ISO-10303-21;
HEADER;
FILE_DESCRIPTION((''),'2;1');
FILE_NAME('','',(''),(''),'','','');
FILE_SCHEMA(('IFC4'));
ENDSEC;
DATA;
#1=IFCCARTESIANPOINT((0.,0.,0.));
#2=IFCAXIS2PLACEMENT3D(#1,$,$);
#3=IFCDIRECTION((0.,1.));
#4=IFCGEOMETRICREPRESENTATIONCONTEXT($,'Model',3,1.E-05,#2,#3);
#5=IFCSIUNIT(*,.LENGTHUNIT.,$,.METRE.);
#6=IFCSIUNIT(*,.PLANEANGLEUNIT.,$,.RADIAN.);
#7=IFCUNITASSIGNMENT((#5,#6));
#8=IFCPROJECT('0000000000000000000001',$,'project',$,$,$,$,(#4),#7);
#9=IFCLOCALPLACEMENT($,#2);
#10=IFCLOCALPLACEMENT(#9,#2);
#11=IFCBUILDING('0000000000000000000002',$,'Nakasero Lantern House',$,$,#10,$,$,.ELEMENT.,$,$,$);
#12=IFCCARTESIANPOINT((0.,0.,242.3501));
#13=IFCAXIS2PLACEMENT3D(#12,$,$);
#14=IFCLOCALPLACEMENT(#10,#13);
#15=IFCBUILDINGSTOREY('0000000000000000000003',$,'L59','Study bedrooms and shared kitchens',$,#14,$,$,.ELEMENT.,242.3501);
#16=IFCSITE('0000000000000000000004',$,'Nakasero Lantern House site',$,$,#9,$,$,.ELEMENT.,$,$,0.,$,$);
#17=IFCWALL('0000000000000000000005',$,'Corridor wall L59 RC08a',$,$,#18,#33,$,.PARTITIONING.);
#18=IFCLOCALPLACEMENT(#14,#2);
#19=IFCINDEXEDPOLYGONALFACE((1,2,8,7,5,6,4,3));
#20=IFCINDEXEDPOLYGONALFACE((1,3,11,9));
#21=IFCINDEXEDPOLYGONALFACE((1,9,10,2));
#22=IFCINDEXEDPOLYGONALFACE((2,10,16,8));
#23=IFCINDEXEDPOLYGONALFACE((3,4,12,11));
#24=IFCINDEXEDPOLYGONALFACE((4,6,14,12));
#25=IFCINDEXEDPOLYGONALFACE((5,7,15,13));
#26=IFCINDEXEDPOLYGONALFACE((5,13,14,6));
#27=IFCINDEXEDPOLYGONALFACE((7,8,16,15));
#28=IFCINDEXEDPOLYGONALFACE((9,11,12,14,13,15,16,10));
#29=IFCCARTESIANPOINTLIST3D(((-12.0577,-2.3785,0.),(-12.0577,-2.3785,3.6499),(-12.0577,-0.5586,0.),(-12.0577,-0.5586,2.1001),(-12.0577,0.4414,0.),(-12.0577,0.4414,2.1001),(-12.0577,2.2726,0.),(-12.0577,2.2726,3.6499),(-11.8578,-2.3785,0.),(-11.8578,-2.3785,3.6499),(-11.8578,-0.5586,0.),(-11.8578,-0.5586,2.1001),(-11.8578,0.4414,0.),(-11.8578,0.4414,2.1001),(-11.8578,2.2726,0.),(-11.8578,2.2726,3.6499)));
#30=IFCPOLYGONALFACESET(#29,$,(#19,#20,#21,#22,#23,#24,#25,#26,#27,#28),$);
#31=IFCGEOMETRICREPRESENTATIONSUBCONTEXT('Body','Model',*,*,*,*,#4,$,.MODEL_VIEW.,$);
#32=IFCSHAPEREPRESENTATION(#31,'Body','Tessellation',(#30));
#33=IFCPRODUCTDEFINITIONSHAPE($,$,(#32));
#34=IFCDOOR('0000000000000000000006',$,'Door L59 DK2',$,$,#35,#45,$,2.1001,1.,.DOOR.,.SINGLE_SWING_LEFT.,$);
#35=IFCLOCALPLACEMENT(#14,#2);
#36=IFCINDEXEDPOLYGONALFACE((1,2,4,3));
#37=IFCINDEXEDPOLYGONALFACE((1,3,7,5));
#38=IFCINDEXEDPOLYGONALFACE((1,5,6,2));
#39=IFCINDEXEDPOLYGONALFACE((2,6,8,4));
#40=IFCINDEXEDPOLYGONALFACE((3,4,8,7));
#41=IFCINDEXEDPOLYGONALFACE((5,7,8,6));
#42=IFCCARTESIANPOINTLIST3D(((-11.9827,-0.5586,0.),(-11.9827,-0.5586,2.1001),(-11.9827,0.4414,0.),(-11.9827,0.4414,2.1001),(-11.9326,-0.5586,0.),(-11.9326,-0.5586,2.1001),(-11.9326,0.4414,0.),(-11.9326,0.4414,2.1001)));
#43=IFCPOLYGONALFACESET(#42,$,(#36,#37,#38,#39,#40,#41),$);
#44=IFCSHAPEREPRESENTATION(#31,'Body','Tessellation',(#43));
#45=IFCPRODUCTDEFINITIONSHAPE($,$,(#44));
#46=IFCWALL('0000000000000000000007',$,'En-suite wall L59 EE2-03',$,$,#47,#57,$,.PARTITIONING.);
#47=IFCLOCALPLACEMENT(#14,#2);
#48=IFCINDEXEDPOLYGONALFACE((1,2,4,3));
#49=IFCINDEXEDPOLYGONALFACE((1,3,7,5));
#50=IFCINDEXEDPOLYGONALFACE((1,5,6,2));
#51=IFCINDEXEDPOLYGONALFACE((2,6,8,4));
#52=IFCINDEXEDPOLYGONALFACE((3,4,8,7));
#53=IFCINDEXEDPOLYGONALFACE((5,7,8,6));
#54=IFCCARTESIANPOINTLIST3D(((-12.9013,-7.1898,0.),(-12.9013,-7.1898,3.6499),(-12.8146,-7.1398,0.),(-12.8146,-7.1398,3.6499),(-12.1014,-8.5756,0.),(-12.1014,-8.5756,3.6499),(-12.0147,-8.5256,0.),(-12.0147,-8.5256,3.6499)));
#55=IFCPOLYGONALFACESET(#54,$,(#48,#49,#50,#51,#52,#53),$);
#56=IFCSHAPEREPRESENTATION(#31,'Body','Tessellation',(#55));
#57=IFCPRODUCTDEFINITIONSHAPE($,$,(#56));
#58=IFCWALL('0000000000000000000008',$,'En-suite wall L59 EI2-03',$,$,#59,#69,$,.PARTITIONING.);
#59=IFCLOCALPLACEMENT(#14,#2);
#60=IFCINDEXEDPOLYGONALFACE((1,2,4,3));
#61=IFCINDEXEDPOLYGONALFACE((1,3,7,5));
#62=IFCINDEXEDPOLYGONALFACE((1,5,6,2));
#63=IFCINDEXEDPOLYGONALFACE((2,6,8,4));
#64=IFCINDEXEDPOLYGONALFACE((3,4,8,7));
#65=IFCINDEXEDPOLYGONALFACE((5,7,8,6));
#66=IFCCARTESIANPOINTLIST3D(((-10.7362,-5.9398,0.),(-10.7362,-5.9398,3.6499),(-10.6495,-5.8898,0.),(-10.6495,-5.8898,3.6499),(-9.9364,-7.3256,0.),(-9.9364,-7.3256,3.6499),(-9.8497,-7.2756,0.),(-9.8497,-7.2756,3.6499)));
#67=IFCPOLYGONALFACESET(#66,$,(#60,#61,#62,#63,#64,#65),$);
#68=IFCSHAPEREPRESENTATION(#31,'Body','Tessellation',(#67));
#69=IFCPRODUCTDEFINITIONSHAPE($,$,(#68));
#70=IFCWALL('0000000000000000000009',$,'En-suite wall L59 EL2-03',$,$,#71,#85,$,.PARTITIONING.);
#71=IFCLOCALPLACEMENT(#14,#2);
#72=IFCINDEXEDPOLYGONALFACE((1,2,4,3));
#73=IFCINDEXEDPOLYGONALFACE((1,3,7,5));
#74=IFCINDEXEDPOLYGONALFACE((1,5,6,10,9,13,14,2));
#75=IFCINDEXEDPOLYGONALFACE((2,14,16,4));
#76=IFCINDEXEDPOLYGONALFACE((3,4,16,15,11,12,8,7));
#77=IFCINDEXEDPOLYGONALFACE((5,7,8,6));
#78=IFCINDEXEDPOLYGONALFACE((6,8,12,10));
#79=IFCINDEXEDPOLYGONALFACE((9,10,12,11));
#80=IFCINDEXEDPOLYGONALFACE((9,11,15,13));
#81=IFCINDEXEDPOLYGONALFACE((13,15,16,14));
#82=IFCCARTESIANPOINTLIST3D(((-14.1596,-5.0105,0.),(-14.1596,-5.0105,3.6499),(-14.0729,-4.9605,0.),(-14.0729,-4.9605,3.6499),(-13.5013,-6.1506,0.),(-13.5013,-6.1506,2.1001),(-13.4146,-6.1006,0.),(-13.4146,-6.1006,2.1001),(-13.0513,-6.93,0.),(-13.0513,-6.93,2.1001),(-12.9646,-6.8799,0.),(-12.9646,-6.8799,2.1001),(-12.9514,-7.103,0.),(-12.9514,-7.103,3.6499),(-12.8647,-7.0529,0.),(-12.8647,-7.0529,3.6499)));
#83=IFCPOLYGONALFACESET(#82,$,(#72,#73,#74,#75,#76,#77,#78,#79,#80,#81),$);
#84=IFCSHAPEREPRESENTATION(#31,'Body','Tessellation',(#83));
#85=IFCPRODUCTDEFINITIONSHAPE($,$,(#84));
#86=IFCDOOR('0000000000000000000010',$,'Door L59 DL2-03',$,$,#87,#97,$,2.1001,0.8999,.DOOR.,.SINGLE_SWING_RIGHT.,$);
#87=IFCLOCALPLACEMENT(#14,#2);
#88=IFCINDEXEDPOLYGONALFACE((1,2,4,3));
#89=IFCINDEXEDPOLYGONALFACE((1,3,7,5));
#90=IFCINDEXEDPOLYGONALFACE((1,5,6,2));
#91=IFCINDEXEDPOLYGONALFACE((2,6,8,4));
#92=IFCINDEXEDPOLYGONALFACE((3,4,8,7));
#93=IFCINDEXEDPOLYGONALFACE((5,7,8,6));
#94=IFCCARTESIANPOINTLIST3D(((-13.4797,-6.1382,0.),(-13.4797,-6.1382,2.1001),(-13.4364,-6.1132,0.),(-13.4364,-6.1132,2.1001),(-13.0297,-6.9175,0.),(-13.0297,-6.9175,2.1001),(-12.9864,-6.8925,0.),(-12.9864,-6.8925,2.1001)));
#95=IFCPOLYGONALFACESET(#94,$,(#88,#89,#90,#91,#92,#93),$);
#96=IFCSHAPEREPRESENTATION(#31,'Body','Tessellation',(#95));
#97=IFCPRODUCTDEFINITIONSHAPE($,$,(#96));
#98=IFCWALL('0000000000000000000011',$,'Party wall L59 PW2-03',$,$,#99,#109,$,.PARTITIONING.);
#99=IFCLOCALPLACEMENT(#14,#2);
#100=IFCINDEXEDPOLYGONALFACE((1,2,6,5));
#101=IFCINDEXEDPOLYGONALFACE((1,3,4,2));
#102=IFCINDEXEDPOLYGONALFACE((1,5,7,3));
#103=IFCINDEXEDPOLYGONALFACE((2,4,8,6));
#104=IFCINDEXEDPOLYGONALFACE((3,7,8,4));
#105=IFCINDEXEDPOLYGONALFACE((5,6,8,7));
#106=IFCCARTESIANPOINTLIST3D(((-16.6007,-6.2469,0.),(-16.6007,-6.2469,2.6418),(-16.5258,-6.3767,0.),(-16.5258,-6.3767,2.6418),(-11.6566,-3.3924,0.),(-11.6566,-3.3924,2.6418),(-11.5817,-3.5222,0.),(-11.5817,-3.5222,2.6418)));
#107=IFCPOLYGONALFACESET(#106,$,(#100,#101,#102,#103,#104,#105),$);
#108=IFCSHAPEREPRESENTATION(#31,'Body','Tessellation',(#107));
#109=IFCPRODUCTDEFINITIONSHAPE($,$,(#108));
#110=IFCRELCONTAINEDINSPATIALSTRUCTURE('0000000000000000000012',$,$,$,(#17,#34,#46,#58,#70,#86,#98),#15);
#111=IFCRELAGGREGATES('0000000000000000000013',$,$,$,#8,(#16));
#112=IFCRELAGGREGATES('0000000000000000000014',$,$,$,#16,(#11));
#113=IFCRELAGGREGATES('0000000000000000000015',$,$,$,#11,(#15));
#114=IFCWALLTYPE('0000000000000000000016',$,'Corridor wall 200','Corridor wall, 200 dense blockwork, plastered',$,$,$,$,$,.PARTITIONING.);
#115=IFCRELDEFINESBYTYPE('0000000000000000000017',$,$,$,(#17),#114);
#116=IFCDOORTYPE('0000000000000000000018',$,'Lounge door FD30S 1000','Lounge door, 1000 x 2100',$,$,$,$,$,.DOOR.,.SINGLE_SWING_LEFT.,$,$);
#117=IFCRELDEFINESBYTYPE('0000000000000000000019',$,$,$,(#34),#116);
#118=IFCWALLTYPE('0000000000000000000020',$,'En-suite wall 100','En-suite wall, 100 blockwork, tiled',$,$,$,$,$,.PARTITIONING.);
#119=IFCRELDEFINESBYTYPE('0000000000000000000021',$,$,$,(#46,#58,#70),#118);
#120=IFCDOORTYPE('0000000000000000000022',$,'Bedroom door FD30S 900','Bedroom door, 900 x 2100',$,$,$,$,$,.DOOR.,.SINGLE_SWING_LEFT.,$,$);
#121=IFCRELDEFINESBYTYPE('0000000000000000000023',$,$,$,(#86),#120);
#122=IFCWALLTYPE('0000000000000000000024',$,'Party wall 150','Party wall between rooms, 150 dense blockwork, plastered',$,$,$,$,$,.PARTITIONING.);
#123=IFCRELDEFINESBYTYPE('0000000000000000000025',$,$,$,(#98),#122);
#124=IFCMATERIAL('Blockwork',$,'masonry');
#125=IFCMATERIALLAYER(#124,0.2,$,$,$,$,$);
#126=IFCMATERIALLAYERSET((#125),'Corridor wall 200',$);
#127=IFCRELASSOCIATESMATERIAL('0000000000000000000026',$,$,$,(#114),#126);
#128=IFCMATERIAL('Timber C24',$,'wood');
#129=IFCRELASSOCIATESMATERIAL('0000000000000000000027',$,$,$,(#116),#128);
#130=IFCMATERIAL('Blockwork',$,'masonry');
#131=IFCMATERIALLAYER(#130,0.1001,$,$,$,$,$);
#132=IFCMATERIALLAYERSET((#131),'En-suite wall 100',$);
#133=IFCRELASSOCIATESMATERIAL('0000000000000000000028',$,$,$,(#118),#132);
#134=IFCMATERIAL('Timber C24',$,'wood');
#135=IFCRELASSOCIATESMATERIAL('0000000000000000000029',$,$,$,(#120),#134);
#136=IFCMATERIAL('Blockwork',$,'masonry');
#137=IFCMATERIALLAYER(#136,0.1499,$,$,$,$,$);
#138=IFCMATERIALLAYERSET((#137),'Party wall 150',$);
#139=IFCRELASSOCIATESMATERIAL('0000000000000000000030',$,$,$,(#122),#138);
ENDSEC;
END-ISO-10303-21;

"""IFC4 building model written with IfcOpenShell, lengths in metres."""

from ifc_helpers import new_model, si_unit, direction, frame, frame_2d, origin, place, context, subcontext, project, spatial, rectangle, extrude, material, layer, layer_set, type_object, element, fill, save


model = new_model("IFC4")

# Units and contexts
model_context = context("Model", 3, precision=1e-05, world=origin(), true_north=direction((0.0, 1.0)))
body_context = subcontext(model_context, "Body", "Model", "MODEL_VIEW")
ifc_project = project(units=[si_unit("LENGTHUNIT", "METRE"), si_unit("PLANEANGLEUNIT", "RADIAN")], contexts=[model_context])

# Site, building, storey
site_placement = place(None, origin())
site = spatial("IfcSite", under=ifc_project, at=site_placement, Name="Nakasero Lantern House site", CompositionType="ELEMENT", RefElevation=0.0)
building_placement = place(site_placement, origin())
building = spatial("IfcBuilding", under=site, at=building_placement, Name="Nakasero Lantern House", CompositionType="ELEMENT")
storey_placement = place(building_placement, frame((0.0, 0.0, 242.3501)))
storey = spatial("IfcBuildingStorey", under=building, at=storey_placement, Name="L59", Description="Study bedrooms and shared kitchens", CompositionType="ELEMENT", Elevation=242.3501)

# Wall, opening, door
ifc_material_1 = material(Name="Blockwork", Category="masonry")
ifc_layer_1 = layer(ifc_material_1, 0.2)
ifc_layer_set_1 = layer_set([ifc_layer_1], Name="Corridor wall 200")
wall_type_1 = type_object("IfcWallType", Name="Corridor wall 200", Description="Corridor wall, 200 dense blockwork, plastered", PredefinedType="PARTITIONING", material=ifc_layer_set_1)
wall_1_placement = place(storey_placement, frame((-11.9578, -2.3787, 0.0), z_axis=(0.0, 0.0, 1.0), x_axis=(0.0, 1.0, 0.0)))
wall_1 = element("IfcWall", 1, at=wall_1_placement, inside=storey, type_object=wall_type_1, Name="Corridor wall L59 RC08a", PredefinedType="PARTITIONING", context=body_context, shape_type="SweptSolid", body=[
    extrude(rectangle(XDim=4.6511, YDim=0.2, at=frame_2d((2.3257, 0.0))), origin(), (0.0, 0.0, 1.0), 3.6499),
])
opening_1_placement = place(wall_1_placement, frame((1.8201, 0.0, 0.0)))
opening_1 = element("IfcOpeningElement", 2, at=opening_1_placement, cuts=wall_1, PredefinedType="OPENING", context=body_context, shape_type="SweptSolid", body=[
    extrude(rectangle(XDim=1.0, YDim=2.1001, at=frame_2d((0.5, 1.05))), frame((0.0, 0.1199, 0.0), z_axis=(0.0, -1.0, 0.0), x_axis=(1.0, 0.0, 0.0)), (0.0, 0.0, 1.0), 0.24),
])
ifc_material_2 = material(Name="Timber C24", Category="wood")
door_type_1 = type_object("IfcDoorType", Name="Lounge door FD30S 1000", Description="Lounge door, 1000 x 2100", OperationType="SINGLE_SWING_LEFT", PredefinedType="DOOR", material=ifc_material_2)
door_1_placement = place(opening_1_placement, origin())
door_1 = element("IfcDoor", 3, at=door_1_placement, inside=storey, type_object=door_type_1, Name="Door L59 DK2", OperationType="SINGLE_SWING_LEFT", OverallHeight=2.1001, OverallWidth=1.0, PredefinedType="DOOR", context=body_context, shape_type="SweptSolid", body=[
    extrude(rectangle(XDim=1.0, YDim=2.1001, at=frame_2d((0.5, 1.05))), frame((0.0, 0.0249, 0.0), z_axis=(0.0, -1.0, 0.0), x_axis=(1.0, 0.0, 0.0)), (0.0, 0.0, 1.0), 0.05),
])
fill(opening_1, door_1)

# Walls
ifc_material_3 = material(Name="Blockwork", Category="masonry")
ifc_layer_2 = layer(ifc_material_3, 0.1001)
ifc_layer_set_2 = layer_set([ifc_layer_2], Name="En-suite wall 100")
wall_type_2 = type_object("IfcWallType", Name="En-suite wall 100", Description="En-suite wall, 100 blockwork, tiled", PredefinedType="PARTITIONING", material=ifc_layer_set_2)
for number, where, z_axis, x_axis, name in (
    (4, (-12.8579, -7.1648, 0.0), (0.0, 0.0, 1.0), (0.499881, -0.866094, 0.0), "En-suite wall L59 EE2-03"),
    (5, (-10.6929, -5.9148, 0.0), (0.0, 0.0, 1.0), (0.499881, -0.866094, 0.0), "En-suite wall L59 EI2-03"),
):
    element("IfcWall", number, at=place(storey_placement, frame(where, z_axis=z_axis, x_axis=x_axis)), inside=storey, type_object=wall_type_2, Name=name, PredefinedType="PARTITIONING", context=body_context, shape_type="SweptSolid", body=[
        extrude(rectangle(XDim=1.6001, YDim=0.1001, at=frame_2d((0.8, 0.0))), origin(), (0.0, 0.0, 1.0), 3.6499),
    ])

# Wall, opening, door
wall_2_placement = place(storey_placement, frame((-14.1162, -4.9856, 0.0), z_axis=(0.0, 0.0, 1.0), x_axis=(0.50004, -0.866002, 0.0)))
wall_2 = element("IfcWall", 6, at=wall_2_placement, inside=storey, type_object=wall_type_2, Name="En-suite wall L59 EL2-03", PredefinedType="PARTITIONING", context=body_context, shape_type="SweptSolid", body=[
    extrude(rectangle(XDim=2.4163, YDim=0.1001, at=frame_2d((1.208, 0.0))), origin(), (0.0, 0.0, 1.0), 3.6499),
])
opening_2_placement = place(wall_2_placement, frame((1.3164, 0.0, 0.0)))
opening_2 = element("IfcOpeningElement", 7, at=opening_2_placement, cuts=wall_2, PredefinedType="OPENING", context=body_context, shape_type="SweptSolid", body=[
    extrude(rectangle(XDim=0.8999, YDim=2.1001, at=frame_2d((0.45, 1.05))), frame((0.0, 0.0701, 0.0), z_axis=(0.0, -1.0, 0.0), x_axis=(1.0, 0.0, 0.0)), (0.0, 0.0, 1.0), 0.1401),
])
ifc_material_4 = material(Name="Timber C24", Category="wood")
door_type_2 = type_object("IfcDoorType", Name="Bedroom door FD30S 900", Description="Bedroom door, 900 x 2100", OperationType="SINGLE_SWING_LEFT", PredefinedType="DOOR", material=ifc_material_4)
door_2_placement = place(opening_2_placement, origin())
door_2 = element("IfcDoor", 8, at=door_2_placement, inside=storey, type_object=door_type_2, Name="Door L59 DL2-03", OperationType="SINGLE_SWING_RIGHT", OverallHeight=2.1001, OverallWidth=0.8999, PredefinedType="DOOR", context=body_context, shape_type="SweptSolid", body=[
    extrude(rectangle(XDim=0.8999, YDim=2.1001, at=frame_2d((0.45, 1.05))), frame((0.0, 0.0249, 0.0), z_axis=(0.0, -1.0, 0.0), x_axis=(1.0, 0.0, 0.0)), (0.0, 0.0, 1.0), 0.05),
])
fill(opening_2, door_2)

# Wall
ifc_material_5 = material(Name="Blockwork", Category="masonry")
ifc_layer_3 = layer(ifc_material_5, 0.1499)
ifc_layer_set_3 = layer_set([ifc_layer_3], Name="Party wall 150")
wall_type_3 = type_object("IfcWallType", Name="Party wall 150", Description="Party wall between rooms, 150 dense blockwork, plastered", PredefinedType="PARTITIONING", material=ifc_layer_set_3)
wall_3_placement = place(storey_placement, frame((-11.6191, -3.4573, 0.0), z_axis=(0.0, 0.0, 1.0), x_axis=(-0.866024, -0.500003, 0.0)))
element("IfcWall", 9, at=wall_3_placement, inside=storey, type_object=wall_type_3, Name="Party wall L59 PW2-03", PredefinedType="PARTITIONING", context=body_context, shape_type="SweptSolid", body=[
    extrude(rectangle(XDim=5.709, YDim=0.1499, at=frame_2d((2.8545, 0.0))), origin(), (0.0, 0.0, 1.0), 2.6418),
])

save(model, "model.ifc")
